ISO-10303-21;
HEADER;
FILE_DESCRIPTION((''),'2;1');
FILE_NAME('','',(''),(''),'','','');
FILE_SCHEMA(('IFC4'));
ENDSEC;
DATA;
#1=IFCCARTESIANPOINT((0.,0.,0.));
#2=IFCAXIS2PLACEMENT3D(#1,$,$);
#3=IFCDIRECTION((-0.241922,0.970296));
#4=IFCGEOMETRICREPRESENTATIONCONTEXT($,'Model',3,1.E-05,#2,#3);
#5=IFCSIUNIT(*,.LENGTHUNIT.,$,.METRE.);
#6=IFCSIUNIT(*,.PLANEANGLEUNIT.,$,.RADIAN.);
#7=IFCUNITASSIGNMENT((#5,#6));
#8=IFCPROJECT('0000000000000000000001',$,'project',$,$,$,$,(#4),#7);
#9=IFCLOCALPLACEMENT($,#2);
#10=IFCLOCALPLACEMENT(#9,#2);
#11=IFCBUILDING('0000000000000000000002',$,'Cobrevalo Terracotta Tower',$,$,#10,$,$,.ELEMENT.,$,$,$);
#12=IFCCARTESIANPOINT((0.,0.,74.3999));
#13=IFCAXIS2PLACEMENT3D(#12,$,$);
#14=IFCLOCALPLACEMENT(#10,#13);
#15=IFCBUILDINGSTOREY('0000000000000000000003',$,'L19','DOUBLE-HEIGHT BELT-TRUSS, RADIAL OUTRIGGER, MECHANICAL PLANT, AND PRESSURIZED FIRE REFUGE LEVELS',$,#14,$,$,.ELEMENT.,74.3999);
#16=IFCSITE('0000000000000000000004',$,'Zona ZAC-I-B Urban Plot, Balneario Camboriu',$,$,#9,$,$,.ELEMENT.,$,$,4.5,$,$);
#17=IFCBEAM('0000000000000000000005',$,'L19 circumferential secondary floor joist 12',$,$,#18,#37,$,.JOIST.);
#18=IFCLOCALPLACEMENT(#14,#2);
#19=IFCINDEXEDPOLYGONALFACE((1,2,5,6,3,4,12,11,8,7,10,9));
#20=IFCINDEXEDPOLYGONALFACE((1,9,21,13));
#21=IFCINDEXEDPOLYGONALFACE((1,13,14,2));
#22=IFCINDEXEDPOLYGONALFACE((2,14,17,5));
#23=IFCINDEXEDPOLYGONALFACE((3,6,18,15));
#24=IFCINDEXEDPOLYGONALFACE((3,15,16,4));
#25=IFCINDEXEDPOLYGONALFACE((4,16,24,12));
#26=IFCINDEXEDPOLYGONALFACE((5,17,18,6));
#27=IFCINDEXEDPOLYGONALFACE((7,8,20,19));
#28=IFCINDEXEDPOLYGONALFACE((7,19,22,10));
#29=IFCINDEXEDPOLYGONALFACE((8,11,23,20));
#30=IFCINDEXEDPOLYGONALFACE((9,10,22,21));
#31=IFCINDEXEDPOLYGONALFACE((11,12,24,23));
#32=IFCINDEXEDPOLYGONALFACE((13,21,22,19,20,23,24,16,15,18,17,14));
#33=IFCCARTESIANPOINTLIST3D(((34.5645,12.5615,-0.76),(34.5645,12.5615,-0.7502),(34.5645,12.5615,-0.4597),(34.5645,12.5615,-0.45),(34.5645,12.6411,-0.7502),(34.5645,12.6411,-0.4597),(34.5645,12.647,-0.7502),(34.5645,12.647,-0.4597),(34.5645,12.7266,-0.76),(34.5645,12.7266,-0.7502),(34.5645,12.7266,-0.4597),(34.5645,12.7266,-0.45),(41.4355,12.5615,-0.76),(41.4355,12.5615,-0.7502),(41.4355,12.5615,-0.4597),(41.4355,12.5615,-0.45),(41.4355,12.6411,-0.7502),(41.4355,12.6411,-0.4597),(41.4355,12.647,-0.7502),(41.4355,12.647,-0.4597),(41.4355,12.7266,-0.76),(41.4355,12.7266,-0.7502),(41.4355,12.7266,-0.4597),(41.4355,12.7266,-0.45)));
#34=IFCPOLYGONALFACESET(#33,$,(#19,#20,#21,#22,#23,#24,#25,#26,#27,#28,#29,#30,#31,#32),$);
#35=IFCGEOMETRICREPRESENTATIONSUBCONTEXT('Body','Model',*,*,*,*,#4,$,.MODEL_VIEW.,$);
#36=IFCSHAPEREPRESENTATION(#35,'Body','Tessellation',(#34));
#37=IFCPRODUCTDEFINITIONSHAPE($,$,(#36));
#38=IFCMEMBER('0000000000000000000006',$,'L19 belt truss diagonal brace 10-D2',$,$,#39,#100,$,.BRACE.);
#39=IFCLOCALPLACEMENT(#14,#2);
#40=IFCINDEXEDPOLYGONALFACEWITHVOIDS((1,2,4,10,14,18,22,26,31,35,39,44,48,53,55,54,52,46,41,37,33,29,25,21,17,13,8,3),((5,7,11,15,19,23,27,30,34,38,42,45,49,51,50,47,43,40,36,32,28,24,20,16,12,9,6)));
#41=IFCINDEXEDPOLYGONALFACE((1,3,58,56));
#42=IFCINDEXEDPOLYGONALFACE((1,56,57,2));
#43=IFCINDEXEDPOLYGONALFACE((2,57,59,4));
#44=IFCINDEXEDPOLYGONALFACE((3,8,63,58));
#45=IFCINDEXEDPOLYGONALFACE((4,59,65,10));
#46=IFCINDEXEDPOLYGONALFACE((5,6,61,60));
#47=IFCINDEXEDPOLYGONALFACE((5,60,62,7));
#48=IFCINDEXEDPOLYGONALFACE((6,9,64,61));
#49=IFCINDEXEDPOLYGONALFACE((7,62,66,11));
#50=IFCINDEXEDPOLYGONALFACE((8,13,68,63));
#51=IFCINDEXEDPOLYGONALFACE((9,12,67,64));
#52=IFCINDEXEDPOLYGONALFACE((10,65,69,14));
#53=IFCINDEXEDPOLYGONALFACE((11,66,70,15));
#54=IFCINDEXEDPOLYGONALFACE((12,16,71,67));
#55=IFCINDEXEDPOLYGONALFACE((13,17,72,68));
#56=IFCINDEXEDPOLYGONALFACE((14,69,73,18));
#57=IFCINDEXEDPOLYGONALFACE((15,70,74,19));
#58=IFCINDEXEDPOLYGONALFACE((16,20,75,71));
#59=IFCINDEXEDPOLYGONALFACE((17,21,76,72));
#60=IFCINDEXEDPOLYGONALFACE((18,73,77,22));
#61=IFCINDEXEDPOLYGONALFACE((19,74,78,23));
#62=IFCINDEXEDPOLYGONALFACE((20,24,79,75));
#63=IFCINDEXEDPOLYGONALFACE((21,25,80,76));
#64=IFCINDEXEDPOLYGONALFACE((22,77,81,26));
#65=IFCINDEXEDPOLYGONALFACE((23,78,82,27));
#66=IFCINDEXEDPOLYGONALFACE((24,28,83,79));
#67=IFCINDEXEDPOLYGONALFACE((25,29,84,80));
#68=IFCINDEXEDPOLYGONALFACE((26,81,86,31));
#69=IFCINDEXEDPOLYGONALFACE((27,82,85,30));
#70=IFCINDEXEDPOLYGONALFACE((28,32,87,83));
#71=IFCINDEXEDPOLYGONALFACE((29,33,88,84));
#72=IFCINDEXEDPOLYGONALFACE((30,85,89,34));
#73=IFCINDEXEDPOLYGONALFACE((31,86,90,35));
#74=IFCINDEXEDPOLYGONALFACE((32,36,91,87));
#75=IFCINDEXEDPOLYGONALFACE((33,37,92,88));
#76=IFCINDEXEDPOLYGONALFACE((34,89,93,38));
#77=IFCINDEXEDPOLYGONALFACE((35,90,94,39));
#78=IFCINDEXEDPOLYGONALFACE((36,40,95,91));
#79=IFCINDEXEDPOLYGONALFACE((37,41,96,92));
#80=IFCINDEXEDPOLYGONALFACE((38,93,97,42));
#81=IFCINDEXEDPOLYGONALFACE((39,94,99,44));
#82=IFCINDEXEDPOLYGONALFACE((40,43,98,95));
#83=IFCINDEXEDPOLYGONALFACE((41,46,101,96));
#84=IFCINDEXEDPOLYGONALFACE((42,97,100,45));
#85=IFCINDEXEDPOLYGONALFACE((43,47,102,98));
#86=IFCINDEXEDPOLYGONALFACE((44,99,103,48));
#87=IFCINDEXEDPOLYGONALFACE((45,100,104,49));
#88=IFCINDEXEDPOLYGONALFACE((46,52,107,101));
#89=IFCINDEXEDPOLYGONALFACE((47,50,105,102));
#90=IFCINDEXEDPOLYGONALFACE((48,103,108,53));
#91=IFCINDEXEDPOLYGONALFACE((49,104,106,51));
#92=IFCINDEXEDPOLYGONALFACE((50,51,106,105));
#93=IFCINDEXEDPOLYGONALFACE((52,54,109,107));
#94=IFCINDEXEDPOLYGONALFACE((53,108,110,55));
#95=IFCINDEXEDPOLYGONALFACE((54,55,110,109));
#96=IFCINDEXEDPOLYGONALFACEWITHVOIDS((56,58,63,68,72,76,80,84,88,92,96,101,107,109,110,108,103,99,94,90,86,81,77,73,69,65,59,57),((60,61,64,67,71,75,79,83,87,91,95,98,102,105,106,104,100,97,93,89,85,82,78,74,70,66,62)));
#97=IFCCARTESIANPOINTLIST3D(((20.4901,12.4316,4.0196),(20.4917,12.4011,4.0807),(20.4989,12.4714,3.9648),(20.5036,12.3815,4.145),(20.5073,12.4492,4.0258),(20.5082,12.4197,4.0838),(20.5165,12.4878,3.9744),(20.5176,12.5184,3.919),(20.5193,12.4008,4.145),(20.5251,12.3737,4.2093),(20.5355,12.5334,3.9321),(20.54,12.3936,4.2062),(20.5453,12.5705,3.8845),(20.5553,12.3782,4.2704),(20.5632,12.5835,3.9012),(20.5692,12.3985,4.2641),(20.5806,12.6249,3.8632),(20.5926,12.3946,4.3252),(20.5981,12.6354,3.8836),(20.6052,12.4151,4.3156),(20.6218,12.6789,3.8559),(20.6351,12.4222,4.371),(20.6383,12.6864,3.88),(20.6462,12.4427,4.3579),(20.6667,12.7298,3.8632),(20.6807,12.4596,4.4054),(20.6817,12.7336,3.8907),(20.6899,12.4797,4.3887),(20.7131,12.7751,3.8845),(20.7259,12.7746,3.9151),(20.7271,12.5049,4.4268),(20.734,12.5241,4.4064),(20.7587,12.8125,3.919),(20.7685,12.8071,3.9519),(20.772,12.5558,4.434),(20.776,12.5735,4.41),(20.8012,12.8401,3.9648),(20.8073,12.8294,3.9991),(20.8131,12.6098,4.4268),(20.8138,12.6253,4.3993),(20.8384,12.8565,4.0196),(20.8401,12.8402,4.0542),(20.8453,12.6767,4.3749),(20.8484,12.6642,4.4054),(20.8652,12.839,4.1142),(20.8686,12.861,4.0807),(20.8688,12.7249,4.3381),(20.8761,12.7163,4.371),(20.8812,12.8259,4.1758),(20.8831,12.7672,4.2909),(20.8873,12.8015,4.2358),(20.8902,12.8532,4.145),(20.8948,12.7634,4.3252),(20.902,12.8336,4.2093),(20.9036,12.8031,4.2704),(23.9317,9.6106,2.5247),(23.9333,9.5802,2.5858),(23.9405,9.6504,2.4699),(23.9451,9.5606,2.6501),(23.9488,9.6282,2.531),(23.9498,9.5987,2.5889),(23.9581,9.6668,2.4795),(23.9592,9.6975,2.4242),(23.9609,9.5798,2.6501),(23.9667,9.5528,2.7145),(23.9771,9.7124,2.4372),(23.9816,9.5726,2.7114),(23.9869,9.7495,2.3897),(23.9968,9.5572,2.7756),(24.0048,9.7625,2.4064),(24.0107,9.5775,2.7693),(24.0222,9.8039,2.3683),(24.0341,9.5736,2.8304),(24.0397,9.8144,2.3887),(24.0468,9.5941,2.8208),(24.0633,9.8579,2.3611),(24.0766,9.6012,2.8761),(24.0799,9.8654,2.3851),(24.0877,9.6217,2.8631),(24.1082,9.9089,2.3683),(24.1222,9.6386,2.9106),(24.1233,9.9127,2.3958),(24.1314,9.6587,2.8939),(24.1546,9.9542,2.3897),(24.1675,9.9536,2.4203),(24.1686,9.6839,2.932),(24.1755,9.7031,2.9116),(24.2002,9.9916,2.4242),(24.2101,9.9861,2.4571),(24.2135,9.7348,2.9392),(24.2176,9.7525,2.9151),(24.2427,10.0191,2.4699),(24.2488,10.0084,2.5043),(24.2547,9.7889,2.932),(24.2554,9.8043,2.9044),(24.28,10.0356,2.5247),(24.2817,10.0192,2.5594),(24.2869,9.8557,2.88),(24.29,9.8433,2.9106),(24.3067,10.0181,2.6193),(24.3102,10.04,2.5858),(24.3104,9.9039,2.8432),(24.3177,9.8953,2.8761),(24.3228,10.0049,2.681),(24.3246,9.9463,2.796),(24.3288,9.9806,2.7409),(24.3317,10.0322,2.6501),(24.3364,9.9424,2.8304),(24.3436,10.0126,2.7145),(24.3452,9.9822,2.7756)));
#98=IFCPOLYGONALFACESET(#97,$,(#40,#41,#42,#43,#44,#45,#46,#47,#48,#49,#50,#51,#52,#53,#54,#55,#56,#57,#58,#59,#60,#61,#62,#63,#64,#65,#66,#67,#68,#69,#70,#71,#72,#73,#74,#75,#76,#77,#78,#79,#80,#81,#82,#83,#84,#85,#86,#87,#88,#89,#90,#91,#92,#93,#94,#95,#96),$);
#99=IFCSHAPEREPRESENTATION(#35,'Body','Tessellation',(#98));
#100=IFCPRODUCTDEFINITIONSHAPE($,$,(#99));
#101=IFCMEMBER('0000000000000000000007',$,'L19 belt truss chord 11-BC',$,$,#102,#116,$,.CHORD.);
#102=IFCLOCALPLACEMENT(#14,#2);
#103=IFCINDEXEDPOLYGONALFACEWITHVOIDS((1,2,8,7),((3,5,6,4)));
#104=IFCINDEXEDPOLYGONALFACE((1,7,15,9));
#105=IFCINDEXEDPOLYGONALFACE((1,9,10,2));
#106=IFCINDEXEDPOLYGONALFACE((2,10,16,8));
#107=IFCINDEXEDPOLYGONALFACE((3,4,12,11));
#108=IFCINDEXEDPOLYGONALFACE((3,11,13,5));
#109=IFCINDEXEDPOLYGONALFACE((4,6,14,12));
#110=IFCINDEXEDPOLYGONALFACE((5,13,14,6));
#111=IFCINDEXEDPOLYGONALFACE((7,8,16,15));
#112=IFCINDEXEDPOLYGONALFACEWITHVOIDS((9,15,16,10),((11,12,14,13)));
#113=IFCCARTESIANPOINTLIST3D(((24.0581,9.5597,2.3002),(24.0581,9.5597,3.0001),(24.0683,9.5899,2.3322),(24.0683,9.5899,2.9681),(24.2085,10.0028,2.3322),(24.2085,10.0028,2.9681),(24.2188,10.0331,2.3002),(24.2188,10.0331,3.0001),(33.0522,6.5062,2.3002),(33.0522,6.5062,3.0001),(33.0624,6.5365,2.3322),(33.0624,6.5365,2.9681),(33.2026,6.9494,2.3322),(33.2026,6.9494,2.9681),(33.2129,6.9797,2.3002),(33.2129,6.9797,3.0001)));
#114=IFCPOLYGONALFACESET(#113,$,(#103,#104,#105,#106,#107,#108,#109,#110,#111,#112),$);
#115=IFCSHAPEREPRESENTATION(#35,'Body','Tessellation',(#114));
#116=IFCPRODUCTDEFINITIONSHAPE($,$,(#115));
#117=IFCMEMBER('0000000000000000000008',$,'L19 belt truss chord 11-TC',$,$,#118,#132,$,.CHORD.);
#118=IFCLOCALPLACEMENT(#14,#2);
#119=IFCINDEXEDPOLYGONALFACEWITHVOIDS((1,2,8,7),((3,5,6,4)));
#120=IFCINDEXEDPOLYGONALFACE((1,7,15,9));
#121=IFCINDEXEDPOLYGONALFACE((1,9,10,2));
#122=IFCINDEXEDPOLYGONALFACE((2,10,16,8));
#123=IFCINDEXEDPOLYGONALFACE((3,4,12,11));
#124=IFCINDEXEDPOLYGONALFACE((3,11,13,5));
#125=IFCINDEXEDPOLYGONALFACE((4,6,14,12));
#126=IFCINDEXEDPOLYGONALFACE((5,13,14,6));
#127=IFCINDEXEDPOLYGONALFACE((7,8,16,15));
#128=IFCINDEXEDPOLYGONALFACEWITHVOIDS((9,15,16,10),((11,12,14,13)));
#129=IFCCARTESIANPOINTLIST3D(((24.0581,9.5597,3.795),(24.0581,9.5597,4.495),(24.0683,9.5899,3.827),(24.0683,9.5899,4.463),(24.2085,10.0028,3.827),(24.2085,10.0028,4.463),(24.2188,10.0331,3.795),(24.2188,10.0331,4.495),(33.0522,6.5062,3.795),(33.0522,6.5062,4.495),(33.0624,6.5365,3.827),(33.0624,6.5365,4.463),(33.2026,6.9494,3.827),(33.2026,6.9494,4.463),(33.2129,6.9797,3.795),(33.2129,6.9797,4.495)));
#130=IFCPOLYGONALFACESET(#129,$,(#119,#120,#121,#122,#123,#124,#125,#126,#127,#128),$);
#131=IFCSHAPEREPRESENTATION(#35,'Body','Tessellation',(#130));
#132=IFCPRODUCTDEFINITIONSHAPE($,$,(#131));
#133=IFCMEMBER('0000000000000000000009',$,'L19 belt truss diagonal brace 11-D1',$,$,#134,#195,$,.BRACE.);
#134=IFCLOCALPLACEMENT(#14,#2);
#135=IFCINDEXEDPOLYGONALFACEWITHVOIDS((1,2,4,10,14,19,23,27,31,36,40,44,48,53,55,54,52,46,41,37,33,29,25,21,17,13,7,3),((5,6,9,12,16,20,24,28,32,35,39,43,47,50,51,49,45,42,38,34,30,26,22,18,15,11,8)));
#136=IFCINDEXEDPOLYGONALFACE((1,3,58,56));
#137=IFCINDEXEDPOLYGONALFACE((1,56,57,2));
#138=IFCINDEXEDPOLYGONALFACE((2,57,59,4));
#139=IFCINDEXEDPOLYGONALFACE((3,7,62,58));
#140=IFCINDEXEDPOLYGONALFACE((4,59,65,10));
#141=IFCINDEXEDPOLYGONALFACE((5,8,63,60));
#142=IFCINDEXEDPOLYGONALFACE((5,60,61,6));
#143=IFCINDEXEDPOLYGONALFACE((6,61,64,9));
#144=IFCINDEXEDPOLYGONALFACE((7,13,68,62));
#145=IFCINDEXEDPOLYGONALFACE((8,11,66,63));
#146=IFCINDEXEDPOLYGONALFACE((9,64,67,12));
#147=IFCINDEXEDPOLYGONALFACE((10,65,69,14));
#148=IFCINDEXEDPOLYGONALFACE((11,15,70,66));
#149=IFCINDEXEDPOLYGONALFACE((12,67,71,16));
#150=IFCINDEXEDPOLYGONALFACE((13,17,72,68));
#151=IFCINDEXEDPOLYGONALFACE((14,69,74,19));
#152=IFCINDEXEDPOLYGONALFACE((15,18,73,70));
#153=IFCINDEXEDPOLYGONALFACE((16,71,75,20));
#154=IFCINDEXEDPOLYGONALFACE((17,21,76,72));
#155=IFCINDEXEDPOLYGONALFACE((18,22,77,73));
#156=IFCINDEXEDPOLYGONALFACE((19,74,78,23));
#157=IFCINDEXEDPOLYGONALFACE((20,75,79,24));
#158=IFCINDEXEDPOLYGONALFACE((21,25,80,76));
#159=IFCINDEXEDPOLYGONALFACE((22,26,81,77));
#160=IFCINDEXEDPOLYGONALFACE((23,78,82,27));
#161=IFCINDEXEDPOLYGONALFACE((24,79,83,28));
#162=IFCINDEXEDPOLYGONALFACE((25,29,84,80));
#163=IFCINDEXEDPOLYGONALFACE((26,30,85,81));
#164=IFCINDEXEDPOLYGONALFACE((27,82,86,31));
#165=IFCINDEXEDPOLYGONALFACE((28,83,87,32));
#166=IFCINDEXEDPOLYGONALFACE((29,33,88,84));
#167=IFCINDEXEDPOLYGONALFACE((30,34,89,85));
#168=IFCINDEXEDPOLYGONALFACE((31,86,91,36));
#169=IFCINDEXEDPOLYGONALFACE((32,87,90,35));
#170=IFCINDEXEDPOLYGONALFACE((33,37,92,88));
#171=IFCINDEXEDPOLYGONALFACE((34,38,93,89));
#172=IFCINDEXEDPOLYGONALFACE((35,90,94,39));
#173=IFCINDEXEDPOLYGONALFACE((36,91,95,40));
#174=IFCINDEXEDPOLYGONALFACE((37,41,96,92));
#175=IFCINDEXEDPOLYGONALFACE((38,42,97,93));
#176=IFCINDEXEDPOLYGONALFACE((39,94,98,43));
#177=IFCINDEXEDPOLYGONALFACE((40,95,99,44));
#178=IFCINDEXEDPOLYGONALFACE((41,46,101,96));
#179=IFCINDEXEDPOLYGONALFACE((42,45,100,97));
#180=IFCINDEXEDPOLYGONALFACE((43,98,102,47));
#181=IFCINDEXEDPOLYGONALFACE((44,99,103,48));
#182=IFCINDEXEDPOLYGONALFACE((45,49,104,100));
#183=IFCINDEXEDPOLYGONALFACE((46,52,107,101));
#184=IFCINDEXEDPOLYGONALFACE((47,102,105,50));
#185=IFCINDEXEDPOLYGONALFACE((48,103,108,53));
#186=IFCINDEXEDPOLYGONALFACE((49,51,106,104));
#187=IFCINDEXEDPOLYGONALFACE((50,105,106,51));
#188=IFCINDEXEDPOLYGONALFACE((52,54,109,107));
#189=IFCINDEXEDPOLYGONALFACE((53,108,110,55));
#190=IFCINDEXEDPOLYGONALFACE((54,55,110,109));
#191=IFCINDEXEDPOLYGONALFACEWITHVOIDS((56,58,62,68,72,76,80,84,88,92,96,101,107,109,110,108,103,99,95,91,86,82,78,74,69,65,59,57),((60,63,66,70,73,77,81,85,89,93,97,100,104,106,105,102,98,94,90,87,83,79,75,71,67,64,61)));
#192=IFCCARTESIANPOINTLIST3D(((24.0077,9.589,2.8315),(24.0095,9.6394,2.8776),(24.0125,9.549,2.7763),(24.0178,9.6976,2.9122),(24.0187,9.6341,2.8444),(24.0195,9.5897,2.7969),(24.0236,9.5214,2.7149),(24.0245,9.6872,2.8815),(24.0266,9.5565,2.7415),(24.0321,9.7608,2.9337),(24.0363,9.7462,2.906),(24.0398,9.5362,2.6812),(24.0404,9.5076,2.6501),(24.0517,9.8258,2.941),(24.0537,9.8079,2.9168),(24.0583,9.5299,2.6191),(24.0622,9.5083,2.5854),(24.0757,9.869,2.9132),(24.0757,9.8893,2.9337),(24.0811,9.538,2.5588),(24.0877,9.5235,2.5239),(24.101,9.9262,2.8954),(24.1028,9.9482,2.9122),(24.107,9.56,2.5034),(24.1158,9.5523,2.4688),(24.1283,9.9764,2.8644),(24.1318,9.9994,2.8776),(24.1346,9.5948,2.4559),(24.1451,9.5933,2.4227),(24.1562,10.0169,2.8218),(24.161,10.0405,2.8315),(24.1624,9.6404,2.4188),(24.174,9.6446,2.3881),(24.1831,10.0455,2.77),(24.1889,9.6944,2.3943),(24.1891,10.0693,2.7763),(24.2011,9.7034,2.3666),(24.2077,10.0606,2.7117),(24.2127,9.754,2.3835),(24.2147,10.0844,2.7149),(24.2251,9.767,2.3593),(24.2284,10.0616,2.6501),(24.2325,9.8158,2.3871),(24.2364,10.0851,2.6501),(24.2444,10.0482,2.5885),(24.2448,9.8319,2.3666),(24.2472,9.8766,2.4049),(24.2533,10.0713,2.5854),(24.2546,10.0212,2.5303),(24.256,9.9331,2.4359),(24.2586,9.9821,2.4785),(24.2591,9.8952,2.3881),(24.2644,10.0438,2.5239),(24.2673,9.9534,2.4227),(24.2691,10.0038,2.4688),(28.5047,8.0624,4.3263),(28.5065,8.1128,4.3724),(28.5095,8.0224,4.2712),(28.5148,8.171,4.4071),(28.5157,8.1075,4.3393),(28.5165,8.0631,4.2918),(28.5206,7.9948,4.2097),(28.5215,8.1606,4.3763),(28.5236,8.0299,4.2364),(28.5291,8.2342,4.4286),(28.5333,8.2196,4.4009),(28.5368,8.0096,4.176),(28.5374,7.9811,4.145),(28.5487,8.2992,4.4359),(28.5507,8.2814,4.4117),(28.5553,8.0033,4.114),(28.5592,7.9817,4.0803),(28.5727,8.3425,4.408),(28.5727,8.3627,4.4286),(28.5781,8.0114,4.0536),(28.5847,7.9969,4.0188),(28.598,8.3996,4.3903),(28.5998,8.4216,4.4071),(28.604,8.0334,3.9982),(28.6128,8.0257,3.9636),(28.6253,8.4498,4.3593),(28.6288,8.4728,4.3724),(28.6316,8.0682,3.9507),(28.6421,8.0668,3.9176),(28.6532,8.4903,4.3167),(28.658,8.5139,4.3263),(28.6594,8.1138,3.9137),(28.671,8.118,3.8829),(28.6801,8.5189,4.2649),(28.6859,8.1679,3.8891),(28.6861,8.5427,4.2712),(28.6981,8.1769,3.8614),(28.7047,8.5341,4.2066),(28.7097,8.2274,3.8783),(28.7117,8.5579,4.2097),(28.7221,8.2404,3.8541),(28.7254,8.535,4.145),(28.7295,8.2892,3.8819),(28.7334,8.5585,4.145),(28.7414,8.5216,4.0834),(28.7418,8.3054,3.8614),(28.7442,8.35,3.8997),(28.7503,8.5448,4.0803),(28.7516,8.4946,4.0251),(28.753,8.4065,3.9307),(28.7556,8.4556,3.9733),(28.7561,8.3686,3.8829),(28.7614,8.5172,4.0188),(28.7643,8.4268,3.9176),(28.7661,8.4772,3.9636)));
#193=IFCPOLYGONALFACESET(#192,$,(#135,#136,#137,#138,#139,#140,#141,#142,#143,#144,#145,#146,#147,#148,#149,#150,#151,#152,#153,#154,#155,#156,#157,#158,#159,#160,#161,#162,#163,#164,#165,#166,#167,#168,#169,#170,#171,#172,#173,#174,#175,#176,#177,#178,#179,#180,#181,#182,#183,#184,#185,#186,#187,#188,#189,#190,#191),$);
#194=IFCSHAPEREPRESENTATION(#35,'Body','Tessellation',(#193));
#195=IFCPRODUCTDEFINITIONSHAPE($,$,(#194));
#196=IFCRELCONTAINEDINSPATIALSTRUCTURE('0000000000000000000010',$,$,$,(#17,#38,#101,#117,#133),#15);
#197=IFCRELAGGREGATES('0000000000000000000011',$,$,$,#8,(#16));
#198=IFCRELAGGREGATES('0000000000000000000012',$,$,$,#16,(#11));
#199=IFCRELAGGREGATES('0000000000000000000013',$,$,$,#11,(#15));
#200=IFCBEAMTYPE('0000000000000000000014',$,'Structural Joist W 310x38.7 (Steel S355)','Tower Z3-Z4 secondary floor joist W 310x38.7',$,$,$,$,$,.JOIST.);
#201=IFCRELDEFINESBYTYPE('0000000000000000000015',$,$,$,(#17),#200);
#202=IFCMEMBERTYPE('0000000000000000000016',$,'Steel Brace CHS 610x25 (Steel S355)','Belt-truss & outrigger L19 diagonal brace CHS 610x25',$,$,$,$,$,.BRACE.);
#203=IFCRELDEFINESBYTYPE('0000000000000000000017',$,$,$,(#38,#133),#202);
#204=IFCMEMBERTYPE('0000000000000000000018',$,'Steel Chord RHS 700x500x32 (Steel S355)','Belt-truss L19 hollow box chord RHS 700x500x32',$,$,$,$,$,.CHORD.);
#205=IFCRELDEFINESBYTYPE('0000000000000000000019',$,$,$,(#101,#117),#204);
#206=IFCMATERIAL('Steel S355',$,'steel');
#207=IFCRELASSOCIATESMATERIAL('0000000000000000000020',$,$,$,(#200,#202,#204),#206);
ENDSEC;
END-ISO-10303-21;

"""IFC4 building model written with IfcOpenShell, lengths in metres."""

from ifc_helpers import new_model, si_unit, direction, frame, origin, origin_2d, place, context, subcontext, project, spatial, hollow_rectangle, hollow_circle, i_section, extrude, source, transform, mapped, material, material_profile, profile_set, type_object, element, save


model = new_model("IFC4")

# Units and contexts
model_context = context("Model", 3, precision=1e-05, world=origin(), true_north=direction((-0.241922, 0.970296)))
body_context = subcontext(model_context, "Body", "Model", "MODEL_VIEW")
ifc_project = project(units=[si_unit("LENGTHUNIT", "METRE"), si_unit("PLANEANGLEUNIT", "RADIAN")], contexts=[model_context])

# Site, building, storey
site_placement = place(None, origin())
site = spatial("IfcSite", under=ifc_project, at=site_placement, Name="Zona ZAC-I-B Urban Plot, Balneario Camboriu", CompositionType="ELEMENT", RefElevation=4.5)
building_placement = place(site_placement, origin())
building = spatial("IfcBuilding", under=site, at=building_placement, Name="Cobrevalo Terracotta Tower", CompositionType="ELEMENT")
storey_placement = place(building_placement, frame((0.0, 0.0, 74.3999)))
storey = spatial("IfcBuildingStorey", under=building, at=storey_placement, Name="L19", Description="DOUBLE-HEIGHT BELT-TRUSS, RADIAL OUTRIGGER, MECHANICAL PLANT, AND PRESSURIZED FIRE REFUGE LEVELS", CompositionType="ELEMENT", Elevation=74.3999)

# Shared definitions
ifc_material_1 = material(Name="Steel S355", Category="steel")

# Beam
ifc_material_profile_1 = material_profile(ifc_material_1, i_section(OverallWidth=0.165, OverallDepth=0.3101, WebThickness=0.0059, FlangeThickness=0.0098, at=origin_2d()), Name="W 310x38.7")
ifc_profile_set_1 = profile_set([ifc_material_profile_1], Name="Steel S355")
beam_type_1 = type_object("IfcBeamType", Name="Structural Joist W 310x38.7 (Steel S355)", Description="Tower Z3-Z4 secondary floor joist W 310x38.7", PredefinedType="JOIST", material=ifc_profile_set_1)
beam_1_placement = place(storey_placement, frame((34.5645, 12.644, -0.605), z_axis=(1.0, 0.0, 0.0), x_axis=(0.0, 1.0, 0.0)))
element("IfcBeam", 1, at=beam_1_placement, inside=storey, type_object=beam_type_1, Name="L19 circumferential secondary floor joist 12", PredefinedType="JOIST", context=body_context, shape_type="SweptSolid", body=[
    extrude(i_section(OverallWidth=0.165, OverallDepth=0.3101, WebThickness=0.0059, FlangeThickness=0.0098, at=origin_2d()), origin(), (0.0, 0.0, 1.0), 6.8711),
])

# Members
ifc_material_profile_2 = material_profile(ifc_material_1, hollow_circle(Radius=0.3049, WallThickness=0.0249, at=origin_2d()), Name="CHS 610x25")
ifc_profile_set_2 = profile_set([ifc_material_profile_2], Name="Steel S355")
member_type_1 = type_object("IfcMemberType", Name="Steel Brace CHS 610x25 (Steel S355)", Description="Belt-truss & outrigger L19 diagonal brace CHS 610x25", PredefinedType="BRACE", material=ifc_profile_set_2)
shared_shape_1 = source(origin(), body_context, "Body", "SweptSolid", [
    extrude(hollow_circle(Radius=0.3049, WallThickness=0.0249, at=origin_2d()), origin(), (0.0, 0.0, 1.0), 4.6943),
])
member_1_placement = place(storey_placement, frame((24.1384, 9.7964, 2.6501), z_axis=(-0.733131, 0.600931, 0.318434), x_axis=(-0.633931, -0.77339, 0.0)))
element("IfcMember", 2, at=member_1_placement, inside=storey, type_object=member_type_1, Name="L19 belt truss diagonal brace 10-D2", PredefinedType="BRACE", context=body_context, shape_type="MappedRepresentation", body=[
    mapped(shared_shape_1, transform((0.0, 0.0, 0.0), scale=1.0)),
])
ifc_material_profile_3 = material_profile(ifc_material_1, hollow_rectangle(XDim=0.5, YDim=0.7, WallThickness=0.032, at=origin_2d()), Name="RHS 700x500x32")
ifc_profile_set_3 = profile_set([ifc_material_profile_3], Name="Steel S355")
member_type_2 = type_object("IfcMemberType", Name="Steel Chord RHS 700x500x32 (Steel S355)", Description="Belt-truss L19 hollow box chord RHS 700x500x32", PredefinedType="CHORD", material=ifc_profile_set_3)
shared_shape_2 = source(origin(), body_context, "Body", "SweptSolid", [
    extrude(hollow_rectangle(XDim=0.5, YDim=0.7, WallThickness=0.032, at=origin_2d()), origin(), (0.0, 0.0, 1.0), 9.4983),
])
for number, where, z_axis, x_axis, name in (
    (3, (24.1384, 9.7964, 2.6501), (0.946918, -0.321474, 0.0), (0.321474, 0.946918, 0.0), "L19 belt truss chord 11-BC"),
    (4, (24.1384, 9.7964, 4.145), (0.946918, -0.321474, 0.0), (0.321474, 0.946918, 0.0), "L19 belt truss chord 11-TC"),
):
    element("IfcMember", number, at=place(storey_placement, frame(where, z_axis=z_axis, x_axis=x_axis)), inside=storey, type_object=member_type_2, Name=name, PredefinedType="CHORD", context=body_context, shape_type="MappedRepresentation", body=[
        mapped(shared_shape_2, transform((0.0, 0.0, 0.0), scale=1.0)),
    ])
shared_shape_3 = source(origin(), body_context, "Body", "SweptSolid", [
    extrude(hollow_circle(Radius=0.3049, WallThickness=0.0249, at=origin_2d()), origin(), (0.0, 0.0, 1.0), 4.9788),
])
member_2_placement = place(storey_placement, frame((24.1384, 9.7964, 2.6501), z_axis=(0.903237, -0.30662, 0.300245), x_axis=(0.321451, 0.946926, 0.0)))
element("IfcMember", 5, at=member_2_placement, inside=storey, type_object=member_type_1, Name="L19 belt truss diagonal brace 11-D1", PredefinedType="BRACE", context=body_context, shape_type="MappedRepresentation", body=[
    mapped(shared_shape_3, transform((0.0, 0.0, 0.0), scale=1.0)),
])

save(model, "model.ifc")
